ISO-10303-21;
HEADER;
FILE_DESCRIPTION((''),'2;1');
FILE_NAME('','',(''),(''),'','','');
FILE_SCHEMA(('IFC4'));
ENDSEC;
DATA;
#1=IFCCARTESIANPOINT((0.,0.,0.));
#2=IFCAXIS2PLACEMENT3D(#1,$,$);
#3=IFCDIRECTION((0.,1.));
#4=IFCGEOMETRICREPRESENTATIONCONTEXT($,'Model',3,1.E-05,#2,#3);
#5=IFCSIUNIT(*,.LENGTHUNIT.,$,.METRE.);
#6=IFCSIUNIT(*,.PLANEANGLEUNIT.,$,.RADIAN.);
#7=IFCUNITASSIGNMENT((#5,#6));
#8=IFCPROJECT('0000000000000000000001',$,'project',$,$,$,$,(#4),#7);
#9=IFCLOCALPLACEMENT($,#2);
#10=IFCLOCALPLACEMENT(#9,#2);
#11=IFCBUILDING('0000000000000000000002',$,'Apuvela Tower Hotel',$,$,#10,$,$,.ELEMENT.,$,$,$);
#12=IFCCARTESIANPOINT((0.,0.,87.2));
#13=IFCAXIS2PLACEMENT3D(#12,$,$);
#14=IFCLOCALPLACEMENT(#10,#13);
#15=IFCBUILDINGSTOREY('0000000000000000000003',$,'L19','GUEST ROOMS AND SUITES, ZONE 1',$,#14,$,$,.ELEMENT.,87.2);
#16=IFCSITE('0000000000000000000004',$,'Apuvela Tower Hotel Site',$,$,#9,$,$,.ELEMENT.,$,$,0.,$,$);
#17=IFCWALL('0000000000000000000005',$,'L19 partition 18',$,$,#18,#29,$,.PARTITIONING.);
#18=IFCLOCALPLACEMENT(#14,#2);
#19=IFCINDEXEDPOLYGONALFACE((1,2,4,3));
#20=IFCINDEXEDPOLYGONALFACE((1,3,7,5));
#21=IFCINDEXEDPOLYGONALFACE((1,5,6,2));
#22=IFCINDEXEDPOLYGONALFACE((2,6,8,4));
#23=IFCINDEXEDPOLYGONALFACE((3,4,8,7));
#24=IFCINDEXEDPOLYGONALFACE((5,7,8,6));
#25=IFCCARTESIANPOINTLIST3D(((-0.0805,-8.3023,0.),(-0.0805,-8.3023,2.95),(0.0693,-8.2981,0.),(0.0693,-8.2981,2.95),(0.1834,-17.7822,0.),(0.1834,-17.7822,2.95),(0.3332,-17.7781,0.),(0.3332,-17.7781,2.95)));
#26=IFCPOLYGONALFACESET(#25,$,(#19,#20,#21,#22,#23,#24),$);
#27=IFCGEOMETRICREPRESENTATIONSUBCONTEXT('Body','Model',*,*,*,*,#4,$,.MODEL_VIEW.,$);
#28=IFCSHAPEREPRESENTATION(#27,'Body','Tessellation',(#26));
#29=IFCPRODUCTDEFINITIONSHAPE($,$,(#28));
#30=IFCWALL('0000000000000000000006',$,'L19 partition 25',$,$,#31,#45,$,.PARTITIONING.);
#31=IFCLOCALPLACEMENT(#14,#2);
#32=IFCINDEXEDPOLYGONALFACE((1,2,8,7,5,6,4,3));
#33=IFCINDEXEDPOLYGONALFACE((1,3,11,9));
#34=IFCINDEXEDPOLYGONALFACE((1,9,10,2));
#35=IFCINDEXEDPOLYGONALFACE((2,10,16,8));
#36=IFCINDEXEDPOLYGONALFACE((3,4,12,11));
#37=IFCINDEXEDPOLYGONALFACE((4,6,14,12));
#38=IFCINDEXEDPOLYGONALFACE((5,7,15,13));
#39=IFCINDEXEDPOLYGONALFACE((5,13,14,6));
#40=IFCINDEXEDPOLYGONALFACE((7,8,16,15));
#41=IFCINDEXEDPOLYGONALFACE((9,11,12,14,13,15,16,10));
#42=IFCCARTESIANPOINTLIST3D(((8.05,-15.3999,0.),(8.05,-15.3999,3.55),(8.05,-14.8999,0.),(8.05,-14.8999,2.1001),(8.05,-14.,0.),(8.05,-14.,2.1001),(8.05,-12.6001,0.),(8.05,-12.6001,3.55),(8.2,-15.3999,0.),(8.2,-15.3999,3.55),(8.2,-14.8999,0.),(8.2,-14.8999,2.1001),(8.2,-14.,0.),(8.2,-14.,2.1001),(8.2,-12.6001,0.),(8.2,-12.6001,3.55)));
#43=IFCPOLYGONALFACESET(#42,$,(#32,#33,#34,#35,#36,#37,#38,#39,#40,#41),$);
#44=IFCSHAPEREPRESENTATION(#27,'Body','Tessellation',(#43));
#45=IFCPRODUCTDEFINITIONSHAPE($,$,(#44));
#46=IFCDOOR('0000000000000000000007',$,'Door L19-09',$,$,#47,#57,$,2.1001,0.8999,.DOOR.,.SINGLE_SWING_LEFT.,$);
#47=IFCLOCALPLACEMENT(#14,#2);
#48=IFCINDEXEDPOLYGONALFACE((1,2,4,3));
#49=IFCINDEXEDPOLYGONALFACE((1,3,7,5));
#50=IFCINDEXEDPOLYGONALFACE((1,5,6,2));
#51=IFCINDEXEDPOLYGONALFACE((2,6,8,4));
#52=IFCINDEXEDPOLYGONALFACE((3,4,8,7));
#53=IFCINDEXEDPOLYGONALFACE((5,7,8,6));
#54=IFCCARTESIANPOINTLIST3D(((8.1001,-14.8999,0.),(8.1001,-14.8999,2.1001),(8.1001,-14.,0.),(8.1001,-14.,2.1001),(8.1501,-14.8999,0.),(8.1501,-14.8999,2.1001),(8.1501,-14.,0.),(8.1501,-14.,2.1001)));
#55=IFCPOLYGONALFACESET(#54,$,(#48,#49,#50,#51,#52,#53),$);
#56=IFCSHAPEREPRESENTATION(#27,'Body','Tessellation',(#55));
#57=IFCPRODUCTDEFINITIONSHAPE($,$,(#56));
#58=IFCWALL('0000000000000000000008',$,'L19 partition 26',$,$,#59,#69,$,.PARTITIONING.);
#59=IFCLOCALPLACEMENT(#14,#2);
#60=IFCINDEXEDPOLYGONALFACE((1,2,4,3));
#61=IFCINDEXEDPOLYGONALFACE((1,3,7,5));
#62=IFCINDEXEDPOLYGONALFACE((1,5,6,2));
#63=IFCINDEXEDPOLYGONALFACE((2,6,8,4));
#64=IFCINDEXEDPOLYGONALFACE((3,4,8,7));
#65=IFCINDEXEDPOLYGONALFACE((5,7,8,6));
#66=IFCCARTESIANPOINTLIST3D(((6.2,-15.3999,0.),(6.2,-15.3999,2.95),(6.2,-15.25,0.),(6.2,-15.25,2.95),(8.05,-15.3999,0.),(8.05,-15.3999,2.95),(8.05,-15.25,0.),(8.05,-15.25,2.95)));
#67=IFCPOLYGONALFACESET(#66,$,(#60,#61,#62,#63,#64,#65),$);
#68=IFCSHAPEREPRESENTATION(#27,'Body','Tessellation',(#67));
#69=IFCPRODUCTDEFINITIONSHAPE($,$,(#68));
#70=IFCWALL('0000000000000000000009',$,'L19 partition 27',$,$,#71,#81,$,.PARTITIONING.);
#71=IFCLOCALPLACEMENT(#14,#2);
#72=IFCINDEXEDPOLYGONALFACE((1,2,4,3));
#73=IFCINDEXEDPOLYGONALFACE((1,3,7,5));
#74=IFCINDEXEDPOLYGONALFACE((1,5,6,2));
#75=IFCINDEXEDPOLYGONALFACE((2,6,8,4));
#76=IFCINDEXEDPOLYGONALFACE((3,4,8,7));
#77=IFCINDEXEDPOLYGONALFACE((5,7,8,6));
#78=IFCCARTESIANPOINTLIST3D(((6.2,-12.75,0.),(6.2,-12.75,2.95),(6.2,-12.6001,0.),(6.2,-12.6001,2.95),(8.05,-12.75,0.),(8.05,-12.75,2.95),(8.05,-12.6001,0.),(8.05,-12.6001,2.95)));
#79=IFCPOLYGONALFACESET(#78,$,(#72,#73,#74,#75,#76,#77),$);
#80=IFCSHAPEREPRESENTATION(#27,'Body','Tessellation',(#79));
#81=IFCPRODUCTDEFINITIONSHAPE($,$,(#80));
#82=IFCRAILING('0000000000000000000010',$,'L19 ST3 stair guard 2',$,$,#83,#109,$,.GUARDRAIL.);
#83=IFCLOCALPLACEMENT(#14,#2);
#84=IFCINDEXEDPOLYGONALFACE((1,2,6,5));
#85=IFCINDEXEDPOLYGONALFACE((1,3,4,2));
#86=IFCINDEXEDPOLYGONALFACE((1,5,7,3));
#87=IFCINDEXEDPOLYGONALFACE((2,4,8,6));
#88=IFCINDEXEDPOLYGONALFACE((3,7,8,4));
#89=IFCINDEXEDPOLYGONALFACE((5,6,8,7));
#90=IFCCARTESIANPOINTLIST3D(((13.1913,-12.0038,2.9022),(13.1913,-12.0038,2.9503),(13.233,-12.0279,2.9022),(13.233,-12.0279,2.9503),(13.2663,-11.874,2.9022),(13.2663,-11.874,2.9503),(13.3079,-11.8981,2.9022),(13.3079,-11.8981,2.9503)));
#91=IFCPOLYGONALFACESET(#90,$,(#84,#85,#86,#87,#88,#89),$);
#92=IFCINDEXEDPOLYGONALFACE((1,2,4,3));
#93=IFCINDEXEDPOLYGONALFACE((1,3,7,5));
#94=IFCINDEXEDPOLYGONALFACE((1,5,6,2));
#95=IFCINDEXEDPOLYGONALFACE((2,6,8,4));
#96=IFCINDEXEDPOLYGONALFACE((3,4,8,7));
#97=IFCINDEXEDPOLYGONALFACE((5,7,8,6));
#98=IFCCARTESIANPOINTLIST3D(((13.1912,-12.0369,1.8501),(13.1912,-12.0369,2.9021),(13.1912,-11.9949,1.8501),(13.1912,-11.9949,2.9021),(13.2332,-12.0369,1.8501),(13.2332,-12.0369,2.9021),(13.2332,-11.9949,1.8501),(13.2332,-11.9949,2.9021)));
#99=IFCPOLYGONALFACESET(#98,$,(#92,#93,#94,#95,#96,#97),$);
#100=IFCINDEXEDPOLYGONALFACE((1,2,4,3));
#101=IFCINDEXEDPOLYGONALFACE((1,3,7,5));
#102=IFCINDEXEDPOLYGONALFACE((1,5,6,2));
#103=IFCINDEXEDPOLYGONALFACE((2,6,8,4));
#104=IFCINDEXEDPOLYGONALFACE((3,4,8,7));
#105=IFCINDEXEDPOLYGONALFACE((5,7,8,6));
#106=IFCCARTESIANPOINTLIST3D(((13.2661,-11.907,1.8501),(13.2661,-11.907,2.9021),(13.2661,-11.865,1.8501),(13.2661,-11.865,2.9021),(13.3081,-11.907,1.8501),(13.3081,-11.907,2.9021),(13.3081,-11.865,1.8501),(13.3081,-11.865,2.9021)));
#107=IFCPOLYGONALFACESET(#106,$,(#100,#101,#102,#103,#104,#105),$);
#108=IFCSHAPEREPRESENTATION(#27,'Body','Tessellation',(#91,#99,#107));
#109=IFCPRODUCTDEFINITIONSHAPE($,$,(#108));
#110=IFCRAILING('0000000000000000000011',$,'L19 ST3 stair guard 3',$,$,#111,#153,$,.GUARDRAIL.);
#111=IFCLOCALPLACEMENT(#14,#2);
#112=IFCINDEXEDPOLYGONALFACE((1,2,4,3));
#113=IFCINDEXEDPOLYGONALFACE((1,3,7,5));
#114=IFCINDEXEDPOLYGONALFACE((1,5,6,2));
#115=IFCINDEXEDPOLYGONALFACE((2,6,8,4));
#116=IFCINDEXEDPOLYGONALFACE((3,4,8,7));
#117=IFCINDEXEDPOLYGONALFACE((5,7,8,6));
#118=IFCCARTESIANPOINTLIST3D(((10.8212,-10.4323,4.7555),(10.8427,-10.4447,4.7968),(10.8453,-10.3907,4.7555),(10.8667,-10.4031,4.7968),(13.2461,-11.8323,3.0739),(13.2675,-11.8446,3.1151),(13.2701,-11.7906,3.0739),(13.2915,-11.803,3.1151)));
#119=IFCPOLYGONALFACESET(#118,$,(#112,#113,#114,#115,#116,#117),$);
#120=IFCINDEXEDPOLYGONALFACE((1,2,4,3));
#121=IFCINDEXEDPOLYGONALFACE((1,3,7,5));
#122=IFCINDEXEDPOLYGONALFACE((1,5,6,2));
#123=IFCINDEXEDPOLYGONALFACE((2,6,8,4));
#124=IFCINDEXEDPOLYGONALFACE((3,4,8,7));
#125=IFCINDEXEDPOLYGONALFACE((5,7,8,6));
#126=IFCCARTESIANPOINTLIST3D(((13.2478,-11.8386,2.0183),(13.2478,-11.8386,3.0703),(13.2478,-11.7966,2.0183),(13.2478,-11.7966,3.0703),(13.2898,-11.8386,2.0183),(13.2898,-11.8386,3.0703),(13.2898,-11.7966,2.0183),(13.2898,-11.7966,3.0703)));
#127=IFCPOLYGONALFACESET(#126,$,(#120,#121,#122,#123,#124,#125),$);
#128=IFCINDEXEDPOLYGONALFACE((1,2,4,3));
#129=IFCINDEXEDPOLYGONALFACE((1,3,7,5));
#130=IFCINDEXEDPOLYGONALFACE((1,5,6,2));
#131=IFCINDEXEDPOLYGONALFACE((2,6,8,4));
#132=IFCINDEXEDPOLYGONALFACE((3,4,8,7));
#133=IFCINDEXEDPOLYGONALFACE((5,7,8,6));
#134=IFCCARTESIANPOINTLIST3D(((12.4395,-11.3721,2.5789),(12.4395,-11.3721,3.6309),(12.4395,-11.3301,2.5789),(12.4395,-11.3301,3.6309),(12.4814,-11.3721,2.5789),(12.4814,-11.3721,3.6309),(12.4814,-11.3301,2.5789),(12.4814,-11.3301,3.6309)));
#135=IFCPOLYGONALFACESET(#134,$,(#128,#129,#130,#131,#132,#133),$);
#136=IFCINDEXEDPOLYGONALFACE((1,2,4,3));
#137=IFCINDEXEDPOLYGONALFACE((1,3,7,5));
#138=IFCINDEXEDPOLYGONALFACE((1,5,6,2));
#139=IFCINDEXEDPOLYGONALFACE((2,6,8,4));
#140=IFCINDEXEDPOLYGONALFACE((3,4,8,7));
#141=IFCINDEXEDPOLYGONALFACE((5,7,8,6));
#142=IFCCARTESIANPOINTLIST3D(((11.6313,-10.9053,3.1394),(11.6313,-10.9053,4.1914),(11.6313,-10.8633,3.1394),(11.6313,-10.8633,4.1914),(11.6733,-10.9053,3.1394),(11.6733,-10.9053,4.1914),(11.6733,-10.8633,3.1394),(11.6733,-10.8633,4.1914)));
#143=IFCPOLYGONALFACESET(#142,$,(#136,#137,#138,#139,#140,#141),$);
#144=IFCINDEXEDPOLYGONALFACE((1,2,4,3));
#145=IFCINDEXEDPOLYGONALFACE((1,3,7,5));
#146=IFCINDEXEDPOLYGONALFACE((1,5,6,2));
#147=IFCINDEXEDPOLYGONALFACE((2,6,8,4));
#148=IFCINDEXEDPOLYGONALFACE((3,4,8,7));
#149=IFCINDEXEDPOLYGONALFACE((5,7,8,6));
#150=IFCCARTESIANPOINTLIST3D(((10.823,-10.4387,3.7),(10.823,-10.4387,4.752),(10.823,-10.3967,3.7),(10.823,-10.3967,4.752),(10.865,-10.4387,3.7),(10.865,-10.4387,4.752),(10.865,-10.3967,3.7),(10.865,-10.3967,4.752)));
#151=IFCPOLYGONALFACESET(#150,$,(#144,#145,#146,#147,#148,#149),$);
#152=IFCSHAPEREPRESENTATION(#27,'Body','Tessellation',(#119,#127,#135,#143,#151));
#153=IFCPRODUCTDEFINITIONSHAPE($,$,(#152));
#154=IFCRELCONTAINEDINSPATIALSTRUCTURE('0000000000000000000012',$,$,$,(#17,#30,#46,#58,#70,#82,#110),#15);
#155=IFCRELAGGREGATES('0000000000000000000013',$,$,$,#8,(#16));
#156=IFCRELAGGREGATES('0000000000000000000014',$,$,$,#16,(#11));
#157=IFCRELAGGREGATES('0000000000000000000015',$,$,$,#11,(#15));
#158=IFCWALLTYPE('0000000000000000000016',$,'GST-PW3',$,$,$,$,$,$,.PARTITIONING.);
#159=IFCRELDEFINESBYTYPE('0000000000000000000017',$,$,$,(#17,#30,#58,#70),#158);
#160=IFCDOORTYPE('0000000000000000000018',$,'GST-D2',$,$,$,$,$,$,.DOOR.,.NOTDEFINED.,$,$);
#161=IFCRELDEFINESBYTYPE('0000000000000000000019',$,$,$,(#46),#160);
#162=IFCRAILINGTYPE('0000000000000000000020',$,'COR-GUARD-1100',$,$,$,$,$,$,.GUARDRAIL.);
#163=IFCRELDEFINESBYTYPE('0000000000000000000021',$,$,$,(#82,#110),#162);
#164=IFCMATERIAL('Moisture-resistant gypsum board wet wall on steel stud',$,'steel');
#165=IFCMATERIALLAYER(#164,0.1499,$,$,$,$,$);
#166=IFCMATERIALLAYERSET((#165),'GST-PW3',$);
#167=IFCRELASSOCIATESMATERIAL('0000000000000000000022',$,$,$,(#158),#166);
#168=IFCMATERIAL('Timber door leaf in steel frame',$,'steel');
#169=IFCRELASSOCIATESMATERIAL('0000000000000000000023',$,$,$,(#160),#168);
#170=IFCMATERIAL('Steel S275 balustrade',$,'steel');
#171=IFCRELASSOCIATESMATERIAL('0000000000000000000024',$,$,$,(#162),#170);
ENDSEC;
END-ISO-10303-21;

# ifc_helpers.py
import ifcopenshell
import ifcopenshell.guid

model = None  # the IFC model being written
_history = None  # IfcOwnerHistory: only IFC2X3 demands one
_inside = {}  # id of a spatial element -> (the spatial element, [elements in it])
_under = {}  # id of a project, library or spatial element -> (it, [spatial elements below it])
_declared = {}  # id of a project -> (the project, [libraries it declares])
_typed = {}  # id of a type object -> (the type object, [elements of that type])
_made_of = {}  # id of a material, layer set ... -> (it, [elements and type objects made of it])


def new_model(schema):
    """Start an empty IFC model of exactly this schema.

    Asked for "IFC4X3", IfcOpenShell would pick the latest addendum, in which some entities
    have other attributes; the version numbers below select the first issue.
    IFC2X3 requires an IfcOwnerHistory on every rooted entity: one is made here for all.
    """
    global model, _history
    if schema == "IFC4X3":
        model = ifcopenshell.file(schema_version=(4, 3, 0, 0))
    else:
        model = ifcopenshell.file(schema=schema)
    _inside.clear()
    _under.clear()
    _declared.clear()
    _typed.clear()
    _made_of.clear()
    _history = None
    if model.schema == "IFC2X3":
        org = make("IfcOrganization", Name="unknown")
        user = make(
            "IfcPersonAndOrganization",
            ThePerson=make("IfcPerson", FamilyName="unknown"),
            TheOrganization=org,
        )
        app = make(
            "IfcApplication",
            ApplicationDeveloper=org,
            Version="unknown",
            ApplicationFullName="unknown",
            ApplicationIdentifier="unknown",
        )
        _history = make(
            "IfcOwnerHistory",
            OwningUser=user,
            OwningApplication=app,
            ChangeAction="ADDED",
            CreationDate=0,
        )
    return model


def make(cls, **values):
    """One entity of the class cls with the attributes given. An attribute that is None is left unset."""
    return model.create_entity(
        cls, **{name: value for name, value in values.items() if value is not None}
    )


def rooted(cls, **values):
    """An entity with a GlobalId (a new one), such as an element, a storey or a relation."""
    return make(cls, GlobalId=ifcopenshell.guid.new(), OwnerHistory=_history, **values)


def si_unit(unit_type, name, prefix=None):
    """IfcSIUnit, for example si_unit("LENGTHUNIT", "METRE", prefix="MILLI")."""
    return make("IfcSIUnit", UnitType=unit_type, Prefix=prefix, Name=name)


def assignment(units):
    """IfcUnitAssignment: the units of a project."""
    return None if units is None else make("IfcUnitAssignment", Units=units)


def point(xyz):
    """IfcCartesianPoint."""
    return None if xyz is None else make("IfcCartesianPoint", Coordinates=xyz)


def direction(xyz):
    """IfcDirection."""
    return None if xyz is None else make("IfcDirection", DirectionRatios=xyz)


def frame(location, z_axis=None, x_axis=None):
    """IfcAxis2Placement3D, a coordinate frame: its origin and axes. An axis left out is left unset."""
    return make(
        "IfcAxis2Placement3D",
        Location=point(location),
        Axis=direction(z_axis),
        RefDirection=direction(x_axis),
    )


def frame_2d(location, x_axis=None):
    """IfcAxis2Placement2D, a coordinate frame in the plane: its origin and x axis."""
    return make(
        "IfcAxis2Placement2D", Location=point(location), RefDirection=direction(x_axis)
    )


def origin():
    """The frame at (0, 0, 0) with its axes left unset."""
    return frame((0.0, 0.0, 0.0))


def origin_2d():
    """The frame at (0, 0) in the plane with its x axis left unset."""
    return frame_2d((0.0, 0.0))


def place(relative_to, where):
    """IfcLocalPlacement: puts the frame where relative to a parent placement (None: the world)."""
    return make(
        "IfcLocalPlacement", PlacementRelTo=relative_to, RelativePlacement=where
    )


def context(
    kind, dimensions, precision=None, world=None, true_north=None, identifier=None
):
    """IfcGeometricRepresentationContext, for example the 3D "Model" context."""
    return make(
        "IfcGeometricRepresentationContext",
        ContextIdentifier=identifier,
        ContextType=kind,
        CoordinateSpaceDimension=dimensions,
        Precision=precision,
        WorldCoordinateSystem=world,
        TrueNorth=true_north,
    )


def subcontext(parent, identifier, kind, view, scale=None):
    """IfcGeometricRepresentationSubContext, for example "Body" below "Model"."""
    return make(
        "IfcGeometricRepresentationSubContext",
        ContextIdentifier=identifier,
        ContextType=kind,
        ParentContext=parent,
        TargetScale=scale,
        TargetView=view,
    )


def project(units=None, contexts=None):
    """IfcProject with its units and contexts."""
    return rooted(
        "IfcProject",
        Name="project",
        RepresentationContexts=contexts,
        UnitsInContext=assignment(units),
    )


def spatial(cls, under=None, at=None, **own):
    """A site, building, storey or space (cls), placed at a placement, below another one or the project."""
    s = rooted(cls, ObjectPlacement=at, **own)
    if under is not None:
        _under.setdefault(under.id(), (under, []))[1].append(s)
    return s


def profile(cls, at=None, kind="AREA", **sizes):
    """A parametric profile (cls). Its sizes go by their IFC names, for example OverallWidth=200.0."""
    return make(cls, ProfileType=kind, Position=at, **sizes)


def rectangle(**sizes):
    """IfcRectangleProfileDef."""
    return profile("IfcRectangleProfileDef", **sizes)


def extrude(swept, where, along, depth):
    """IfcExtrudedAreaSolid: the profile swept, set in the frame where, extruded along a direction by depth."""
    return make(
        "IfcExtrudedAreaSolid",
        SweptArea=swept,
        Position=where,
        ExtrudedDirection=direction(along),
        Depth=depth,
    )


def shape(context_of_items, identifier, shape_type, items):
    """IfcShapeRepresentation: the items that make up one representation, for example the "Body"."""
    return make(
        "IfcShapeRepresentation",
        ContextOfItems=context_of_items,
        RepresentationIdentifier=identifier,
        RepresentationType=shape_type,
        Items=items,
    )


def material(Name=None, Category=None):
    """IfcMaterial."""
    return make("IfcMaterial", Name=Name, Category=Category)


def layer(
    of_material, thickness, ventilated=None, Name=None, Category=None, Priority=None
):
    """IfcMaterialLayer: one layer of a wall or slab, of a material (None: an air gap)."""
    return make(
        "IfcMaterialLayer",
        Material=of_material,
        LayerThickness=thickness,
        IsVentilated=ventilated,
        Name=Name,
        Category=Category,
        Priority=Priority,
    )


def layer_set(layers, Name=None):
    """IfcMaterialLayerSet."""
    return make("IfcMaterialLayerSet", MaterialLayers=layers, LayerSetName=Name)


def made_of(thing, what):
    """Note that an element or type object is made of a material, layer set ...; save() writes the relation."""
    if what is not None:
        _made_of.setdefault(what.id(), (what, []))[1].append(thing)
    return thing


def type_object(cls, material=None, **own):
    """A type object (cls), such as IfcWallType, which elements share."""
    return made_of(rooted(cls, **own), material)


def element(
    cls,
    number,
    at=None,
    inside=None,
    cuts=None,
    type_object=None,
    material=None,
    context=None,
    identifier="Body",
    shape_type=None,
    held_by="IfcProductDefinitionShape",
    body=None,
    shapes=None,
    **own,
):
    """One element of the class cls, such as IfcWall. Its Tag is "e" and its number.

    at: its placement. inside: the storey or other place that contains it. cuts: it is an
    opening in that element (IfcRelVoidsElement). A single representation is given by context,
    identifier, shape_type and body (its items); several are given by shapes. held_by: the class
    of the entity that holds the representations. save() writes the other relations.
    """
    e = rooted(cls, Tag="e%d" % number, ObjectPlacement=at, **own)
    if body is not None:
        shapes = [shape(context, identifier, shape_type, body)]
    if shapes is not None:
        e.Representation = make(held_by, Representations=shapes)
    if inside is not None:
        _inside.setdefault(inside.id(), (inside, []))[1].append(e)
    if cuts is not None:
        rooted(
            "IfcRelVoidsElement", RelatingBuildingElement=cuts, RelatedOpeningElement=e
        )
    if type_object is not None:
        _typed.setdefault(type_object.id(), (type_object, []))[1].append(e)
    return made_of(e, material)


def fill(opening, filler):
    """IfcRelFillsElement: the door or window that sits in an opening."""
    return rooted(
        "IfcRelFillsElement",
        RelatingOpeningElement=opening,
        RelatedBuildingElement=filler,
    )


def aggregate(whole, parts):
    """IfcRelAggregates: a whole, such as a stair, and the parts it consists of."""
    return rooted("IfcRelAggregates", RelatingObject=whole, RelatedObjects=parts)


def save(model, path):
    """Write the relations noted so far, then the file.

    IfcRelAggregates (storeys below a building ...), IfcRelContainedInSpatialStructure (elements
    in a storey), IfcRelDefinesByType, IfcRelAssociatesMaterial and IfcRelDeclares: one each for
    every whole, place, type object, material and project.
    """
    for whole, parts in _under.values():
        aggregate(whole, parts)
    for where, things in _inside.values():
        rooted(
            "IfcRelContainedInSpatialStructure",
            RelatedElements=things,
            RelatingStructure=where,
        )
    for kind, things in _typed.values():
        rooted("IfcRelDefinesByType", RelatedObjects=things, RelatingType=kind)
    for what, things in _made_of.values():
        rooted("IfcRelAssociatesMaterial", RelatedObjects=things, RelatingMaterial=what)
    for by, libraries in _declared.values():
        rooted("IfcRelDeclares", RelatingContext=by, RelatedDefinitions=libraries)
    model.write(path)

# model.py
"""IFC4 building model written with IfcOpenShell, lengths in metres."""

from ifc_helpers import new_model, si_unit, direction, frame, frame_2d, origin, origin_2d, place, context, subcontext, project, spatial, rectangle, extrude, material, layer, layer_set, type_object, element, fill, save


model = new_model("IFC4")

# Units and contexts
model_context = context("Model", 3, precision=1e-05, world=origin(), true_north=direction((0.0, 1.0)))
body_context = subcontext(model_context, "Body", "Model", "MODEL_VIEW")
ifc_project = project(units=[si_unit("LENGTHUNIT", "METRE"), si_unit("PLANEANGLEUNIT", "RADIAN")], contexts=[model_context])

# Site, building, storey
site_placement = place(None, origin())
site = spatial("IfcSite", under=ifc_project, at=site_placement, Name="Apuvela Tower Hotel Site", CompositionType="ELEMENT", RefElevation=0.0)
building_placement = place(site_placement, origin())
building = spatial("IfcBuilding", under=site, at=building_placement, Name="Apuvela Tower Hotel", CompositionType="ELEMENT")
storey_placement = place(building_placement, frame((0.0, 0.0, 87.2)))
storey = spatial("IfcBuildingStorey", under=building, at=storey_placement, Name="L19", Description="GUEST ROOMS AND SUITES, ZONE 1", CompositionType="ELEMENT", Elevation=87.2)

# Wall
ifc_material_1 = material(Name="Moisture-resistant gypsum board wet wall on steel stud", Category="steel")
ifc_layer_1 = layer(ifc_material_1, 0.1499)
ifc_layer_set_1 = layer_set([ifc_layer_1], Name="GST-PW3")
wall_type_1 = type_object("IfcWallType", Name="GST-PW3", PredefinedType="PARTITIONING", material=ifc_layer_set_1)
wall_1_placement = place(storey_placement, frame((0.2583, -17.78, 0.0), z_axis=(0.0, 0.0, 1.0), x_axis=(-0.027829, 0.999613, 0.0)))
element("IfcWall", 1, at=wall_1_placement, inside=storey, type_object=wall_type_1, Name="L19 partition 18", PredefinedType="PARTITIONING", context=body_context, shape_type="SweptSolid", body=[
    extrude(rectangle(XDim=9.4836, YDim=0.1499, at=frame_2d((4.7417, 0.0))), origin(), (0.0, 0.0, 1.0), 2.95),
])

# Wall, opening, door
wall_2_placement = place(storey_placement, frame((8.125, -15.3999, 0.0), z_axis=(0.0, 0.0, 1.0), x_axis=(0.0, 1.0, 0.0)))
wall_2 = element("IfcWall", 2, at=wall_2_placement, inside=storey, type_object=wall_type_1, Name="L19 partition 25", PredefinedType="PARTITIONING", context=body_context, shape_type="SweptSolid", body=[
    extrude(rectangle(XDim=2.7998, YDim=0.1499, at=frame_2d((1.3999, 0.0))), origin(), (0.0, 0.0, 1.0), 3.55),
])
opening_1_placement = place(wall_2_placement, frame((0.5, 0.0, 0.0)))
opening_1 = element("IfcOpeningElement", 3, at=opening_1_placement, cuts=wall_2, PredefinedType="OPENING", context=body_context, shape_type="SweptSolid", body=[
    extrude(rectangle(XDim=0.8999, YDim=2.1001, at=frame_2d((0.45, 1.05))), frame((0.0, 0.085, 0.0), z_axis=(0.0, -1.0, 0.0), x_axis=(1.0, 0.0, 0.0)), (0.0, 0.0, 1.0), 0.1699),
])
ifc_material_2 = material(Name="Timber door leaf in steel frame", Category="steel")
door_type_1 = type_object("IfcDoorType", Name="GST-D2", OperationType="NOTDEFINED", PredefinedType="DOOR", material=ifc_material_2)
door_1_placement = place(opening_1_placement, origin())
door_1 = element("IfcDoor", 4, at=door_1_placement, inside=storey, type_object=door_type_1, Name="Door L19-09", OperationType="SINGLE_SWING_LEFT", OverallHeight=2.1001, OverallWidth=0.8999, PredefinedType="DOOR", context=body_context, shape_type="SweptSolid", body=[
    extrude(rectangle(XDim=0.8999, YDim=2.1001, at=frame_2d((0.45, 1.05))), frame((0.0, 0.0249, 0.0), z_axis=(0.0, -1.0, 0.0), x_axis=(1.0, 0.0, 0.0)), (0.0, 0.0, 1.0), 0.05),
])
fill(opening_1, door_1)

# Walls
for number, where, z_axis, x_axis, name in (
    (5, (6.2, -15.325, 0.0), (0.0, 0.0, 1.0), (1.0, 0.0, 0.0), "L19 partition 26"),
    (6, (6.2, -12.675, 0.0), (0.0, 0.0, 1.0), (1.0, 0.0, 0.0), "L19 partition 27"),
):
    element("IfcWall", number, at=place(storey_placement, frame(where, z_axis=z_axis, x_axis=x_axis)), inside=storey, type_object=wall_type_1, Name=name, PredefinedType="PARTITIONING", context=body_context, shape_type="SweptSolid", body=[
        extrude(rectangle(XDim=1.8501, YDim=0.1499, at=frame_2d((0.925, 0.0))), origin(), (0.0, 0.0, 1.0), 2.95),
    ])

# Railings
ifc_material_3 = material(Name="Steel S275 balustrade", Category="steel")
railing_type_1 = type_object("IfcRailingType", Name="COR-GUARD-1100", PredefinedType="GUARDRAIL", material=ifc_material_3)
railing_1_placement = place(storey_placement, frame((13.2122, -12.0159, 1.8501)))
element("IfcRailing", 7, at=railing_1_placement, inside=storey, type_object=railing_type_1, Name="L19 ST3 stair guard 2", PredefinedType="GUARDRAIL", context=body_context, shape_type="SweptSolid", body=[
    extrude(rectangle(XDim=0.0481, YDim=0.0481, at=origin_2d()), frame((0.0, 0.0, 1.0762), z_axis=(0.499816, 0.866131, 0.0), x_axis=(-0.866131, 0.499816, 0.0)), (0.0, 0.0, 1.0), 0.1499),
    extrude(rectangle(XDim=0.042, YDim=0.042, at=origin_2d()), origin(), (0.0, 0.0, 1.0), 1.052),
    extrude(rectangle(XDim=0.042, YDim=0.042, at=origin_2d()), frame((0.075, 0.1299, 0.0)), (0.0, 0.0, 1.0), 1.052),
])
railing_2_placement = place(storey_placement, frame((13.2688, -11.8176, 2.0183)))
element("IfcRailing", 8, at=railing_2_placement, inside=storey, type_object=railing_type_1, Name="L19 ST3 stair guard 3", PredefinedType="GUARDRAIL", context=body_context, shape_type="SweptSolid", body=[
    extrude(rectangle(XDim=0.0481, YDim=0.0481, at=origin_2d()), frame((0.0, 0.0, 1.0762), z_axis=(-0.742419, 0.428618, 0.514879), x_axis=(-0.499984, -0.866035, 0.0)), (0.0, 0.0, 1.0), 3.2661),
    extrude(rectangle(XDim=0.042, YDim=0.042, at=origin_2d()), origin(), (0.0, 0.0, 1.0), 1.052),
    extrude(rectangle(XDim=0.042, YDim=0.042, at=origin_2d()), frame((-0.8083, 0.4666, 0.5605)), (0.0, 0.0, 1.0), 1.052),
    extrude(rectangle(XDim=0.042, YDim=0.042, at=origin_2d()), frame((-1.6165, 0.9333, 1.1211)), (0.0, 0.0, 1.0), 1.052),
    extrude(rectangle(XDim=0.042, YDim=0.042, at=origin_2d()), frame((-2.4248, 1.3999, 1.6816)), (0.0, 0.0, 1.0), 1.052),
])

save(model, "model.ifc")
